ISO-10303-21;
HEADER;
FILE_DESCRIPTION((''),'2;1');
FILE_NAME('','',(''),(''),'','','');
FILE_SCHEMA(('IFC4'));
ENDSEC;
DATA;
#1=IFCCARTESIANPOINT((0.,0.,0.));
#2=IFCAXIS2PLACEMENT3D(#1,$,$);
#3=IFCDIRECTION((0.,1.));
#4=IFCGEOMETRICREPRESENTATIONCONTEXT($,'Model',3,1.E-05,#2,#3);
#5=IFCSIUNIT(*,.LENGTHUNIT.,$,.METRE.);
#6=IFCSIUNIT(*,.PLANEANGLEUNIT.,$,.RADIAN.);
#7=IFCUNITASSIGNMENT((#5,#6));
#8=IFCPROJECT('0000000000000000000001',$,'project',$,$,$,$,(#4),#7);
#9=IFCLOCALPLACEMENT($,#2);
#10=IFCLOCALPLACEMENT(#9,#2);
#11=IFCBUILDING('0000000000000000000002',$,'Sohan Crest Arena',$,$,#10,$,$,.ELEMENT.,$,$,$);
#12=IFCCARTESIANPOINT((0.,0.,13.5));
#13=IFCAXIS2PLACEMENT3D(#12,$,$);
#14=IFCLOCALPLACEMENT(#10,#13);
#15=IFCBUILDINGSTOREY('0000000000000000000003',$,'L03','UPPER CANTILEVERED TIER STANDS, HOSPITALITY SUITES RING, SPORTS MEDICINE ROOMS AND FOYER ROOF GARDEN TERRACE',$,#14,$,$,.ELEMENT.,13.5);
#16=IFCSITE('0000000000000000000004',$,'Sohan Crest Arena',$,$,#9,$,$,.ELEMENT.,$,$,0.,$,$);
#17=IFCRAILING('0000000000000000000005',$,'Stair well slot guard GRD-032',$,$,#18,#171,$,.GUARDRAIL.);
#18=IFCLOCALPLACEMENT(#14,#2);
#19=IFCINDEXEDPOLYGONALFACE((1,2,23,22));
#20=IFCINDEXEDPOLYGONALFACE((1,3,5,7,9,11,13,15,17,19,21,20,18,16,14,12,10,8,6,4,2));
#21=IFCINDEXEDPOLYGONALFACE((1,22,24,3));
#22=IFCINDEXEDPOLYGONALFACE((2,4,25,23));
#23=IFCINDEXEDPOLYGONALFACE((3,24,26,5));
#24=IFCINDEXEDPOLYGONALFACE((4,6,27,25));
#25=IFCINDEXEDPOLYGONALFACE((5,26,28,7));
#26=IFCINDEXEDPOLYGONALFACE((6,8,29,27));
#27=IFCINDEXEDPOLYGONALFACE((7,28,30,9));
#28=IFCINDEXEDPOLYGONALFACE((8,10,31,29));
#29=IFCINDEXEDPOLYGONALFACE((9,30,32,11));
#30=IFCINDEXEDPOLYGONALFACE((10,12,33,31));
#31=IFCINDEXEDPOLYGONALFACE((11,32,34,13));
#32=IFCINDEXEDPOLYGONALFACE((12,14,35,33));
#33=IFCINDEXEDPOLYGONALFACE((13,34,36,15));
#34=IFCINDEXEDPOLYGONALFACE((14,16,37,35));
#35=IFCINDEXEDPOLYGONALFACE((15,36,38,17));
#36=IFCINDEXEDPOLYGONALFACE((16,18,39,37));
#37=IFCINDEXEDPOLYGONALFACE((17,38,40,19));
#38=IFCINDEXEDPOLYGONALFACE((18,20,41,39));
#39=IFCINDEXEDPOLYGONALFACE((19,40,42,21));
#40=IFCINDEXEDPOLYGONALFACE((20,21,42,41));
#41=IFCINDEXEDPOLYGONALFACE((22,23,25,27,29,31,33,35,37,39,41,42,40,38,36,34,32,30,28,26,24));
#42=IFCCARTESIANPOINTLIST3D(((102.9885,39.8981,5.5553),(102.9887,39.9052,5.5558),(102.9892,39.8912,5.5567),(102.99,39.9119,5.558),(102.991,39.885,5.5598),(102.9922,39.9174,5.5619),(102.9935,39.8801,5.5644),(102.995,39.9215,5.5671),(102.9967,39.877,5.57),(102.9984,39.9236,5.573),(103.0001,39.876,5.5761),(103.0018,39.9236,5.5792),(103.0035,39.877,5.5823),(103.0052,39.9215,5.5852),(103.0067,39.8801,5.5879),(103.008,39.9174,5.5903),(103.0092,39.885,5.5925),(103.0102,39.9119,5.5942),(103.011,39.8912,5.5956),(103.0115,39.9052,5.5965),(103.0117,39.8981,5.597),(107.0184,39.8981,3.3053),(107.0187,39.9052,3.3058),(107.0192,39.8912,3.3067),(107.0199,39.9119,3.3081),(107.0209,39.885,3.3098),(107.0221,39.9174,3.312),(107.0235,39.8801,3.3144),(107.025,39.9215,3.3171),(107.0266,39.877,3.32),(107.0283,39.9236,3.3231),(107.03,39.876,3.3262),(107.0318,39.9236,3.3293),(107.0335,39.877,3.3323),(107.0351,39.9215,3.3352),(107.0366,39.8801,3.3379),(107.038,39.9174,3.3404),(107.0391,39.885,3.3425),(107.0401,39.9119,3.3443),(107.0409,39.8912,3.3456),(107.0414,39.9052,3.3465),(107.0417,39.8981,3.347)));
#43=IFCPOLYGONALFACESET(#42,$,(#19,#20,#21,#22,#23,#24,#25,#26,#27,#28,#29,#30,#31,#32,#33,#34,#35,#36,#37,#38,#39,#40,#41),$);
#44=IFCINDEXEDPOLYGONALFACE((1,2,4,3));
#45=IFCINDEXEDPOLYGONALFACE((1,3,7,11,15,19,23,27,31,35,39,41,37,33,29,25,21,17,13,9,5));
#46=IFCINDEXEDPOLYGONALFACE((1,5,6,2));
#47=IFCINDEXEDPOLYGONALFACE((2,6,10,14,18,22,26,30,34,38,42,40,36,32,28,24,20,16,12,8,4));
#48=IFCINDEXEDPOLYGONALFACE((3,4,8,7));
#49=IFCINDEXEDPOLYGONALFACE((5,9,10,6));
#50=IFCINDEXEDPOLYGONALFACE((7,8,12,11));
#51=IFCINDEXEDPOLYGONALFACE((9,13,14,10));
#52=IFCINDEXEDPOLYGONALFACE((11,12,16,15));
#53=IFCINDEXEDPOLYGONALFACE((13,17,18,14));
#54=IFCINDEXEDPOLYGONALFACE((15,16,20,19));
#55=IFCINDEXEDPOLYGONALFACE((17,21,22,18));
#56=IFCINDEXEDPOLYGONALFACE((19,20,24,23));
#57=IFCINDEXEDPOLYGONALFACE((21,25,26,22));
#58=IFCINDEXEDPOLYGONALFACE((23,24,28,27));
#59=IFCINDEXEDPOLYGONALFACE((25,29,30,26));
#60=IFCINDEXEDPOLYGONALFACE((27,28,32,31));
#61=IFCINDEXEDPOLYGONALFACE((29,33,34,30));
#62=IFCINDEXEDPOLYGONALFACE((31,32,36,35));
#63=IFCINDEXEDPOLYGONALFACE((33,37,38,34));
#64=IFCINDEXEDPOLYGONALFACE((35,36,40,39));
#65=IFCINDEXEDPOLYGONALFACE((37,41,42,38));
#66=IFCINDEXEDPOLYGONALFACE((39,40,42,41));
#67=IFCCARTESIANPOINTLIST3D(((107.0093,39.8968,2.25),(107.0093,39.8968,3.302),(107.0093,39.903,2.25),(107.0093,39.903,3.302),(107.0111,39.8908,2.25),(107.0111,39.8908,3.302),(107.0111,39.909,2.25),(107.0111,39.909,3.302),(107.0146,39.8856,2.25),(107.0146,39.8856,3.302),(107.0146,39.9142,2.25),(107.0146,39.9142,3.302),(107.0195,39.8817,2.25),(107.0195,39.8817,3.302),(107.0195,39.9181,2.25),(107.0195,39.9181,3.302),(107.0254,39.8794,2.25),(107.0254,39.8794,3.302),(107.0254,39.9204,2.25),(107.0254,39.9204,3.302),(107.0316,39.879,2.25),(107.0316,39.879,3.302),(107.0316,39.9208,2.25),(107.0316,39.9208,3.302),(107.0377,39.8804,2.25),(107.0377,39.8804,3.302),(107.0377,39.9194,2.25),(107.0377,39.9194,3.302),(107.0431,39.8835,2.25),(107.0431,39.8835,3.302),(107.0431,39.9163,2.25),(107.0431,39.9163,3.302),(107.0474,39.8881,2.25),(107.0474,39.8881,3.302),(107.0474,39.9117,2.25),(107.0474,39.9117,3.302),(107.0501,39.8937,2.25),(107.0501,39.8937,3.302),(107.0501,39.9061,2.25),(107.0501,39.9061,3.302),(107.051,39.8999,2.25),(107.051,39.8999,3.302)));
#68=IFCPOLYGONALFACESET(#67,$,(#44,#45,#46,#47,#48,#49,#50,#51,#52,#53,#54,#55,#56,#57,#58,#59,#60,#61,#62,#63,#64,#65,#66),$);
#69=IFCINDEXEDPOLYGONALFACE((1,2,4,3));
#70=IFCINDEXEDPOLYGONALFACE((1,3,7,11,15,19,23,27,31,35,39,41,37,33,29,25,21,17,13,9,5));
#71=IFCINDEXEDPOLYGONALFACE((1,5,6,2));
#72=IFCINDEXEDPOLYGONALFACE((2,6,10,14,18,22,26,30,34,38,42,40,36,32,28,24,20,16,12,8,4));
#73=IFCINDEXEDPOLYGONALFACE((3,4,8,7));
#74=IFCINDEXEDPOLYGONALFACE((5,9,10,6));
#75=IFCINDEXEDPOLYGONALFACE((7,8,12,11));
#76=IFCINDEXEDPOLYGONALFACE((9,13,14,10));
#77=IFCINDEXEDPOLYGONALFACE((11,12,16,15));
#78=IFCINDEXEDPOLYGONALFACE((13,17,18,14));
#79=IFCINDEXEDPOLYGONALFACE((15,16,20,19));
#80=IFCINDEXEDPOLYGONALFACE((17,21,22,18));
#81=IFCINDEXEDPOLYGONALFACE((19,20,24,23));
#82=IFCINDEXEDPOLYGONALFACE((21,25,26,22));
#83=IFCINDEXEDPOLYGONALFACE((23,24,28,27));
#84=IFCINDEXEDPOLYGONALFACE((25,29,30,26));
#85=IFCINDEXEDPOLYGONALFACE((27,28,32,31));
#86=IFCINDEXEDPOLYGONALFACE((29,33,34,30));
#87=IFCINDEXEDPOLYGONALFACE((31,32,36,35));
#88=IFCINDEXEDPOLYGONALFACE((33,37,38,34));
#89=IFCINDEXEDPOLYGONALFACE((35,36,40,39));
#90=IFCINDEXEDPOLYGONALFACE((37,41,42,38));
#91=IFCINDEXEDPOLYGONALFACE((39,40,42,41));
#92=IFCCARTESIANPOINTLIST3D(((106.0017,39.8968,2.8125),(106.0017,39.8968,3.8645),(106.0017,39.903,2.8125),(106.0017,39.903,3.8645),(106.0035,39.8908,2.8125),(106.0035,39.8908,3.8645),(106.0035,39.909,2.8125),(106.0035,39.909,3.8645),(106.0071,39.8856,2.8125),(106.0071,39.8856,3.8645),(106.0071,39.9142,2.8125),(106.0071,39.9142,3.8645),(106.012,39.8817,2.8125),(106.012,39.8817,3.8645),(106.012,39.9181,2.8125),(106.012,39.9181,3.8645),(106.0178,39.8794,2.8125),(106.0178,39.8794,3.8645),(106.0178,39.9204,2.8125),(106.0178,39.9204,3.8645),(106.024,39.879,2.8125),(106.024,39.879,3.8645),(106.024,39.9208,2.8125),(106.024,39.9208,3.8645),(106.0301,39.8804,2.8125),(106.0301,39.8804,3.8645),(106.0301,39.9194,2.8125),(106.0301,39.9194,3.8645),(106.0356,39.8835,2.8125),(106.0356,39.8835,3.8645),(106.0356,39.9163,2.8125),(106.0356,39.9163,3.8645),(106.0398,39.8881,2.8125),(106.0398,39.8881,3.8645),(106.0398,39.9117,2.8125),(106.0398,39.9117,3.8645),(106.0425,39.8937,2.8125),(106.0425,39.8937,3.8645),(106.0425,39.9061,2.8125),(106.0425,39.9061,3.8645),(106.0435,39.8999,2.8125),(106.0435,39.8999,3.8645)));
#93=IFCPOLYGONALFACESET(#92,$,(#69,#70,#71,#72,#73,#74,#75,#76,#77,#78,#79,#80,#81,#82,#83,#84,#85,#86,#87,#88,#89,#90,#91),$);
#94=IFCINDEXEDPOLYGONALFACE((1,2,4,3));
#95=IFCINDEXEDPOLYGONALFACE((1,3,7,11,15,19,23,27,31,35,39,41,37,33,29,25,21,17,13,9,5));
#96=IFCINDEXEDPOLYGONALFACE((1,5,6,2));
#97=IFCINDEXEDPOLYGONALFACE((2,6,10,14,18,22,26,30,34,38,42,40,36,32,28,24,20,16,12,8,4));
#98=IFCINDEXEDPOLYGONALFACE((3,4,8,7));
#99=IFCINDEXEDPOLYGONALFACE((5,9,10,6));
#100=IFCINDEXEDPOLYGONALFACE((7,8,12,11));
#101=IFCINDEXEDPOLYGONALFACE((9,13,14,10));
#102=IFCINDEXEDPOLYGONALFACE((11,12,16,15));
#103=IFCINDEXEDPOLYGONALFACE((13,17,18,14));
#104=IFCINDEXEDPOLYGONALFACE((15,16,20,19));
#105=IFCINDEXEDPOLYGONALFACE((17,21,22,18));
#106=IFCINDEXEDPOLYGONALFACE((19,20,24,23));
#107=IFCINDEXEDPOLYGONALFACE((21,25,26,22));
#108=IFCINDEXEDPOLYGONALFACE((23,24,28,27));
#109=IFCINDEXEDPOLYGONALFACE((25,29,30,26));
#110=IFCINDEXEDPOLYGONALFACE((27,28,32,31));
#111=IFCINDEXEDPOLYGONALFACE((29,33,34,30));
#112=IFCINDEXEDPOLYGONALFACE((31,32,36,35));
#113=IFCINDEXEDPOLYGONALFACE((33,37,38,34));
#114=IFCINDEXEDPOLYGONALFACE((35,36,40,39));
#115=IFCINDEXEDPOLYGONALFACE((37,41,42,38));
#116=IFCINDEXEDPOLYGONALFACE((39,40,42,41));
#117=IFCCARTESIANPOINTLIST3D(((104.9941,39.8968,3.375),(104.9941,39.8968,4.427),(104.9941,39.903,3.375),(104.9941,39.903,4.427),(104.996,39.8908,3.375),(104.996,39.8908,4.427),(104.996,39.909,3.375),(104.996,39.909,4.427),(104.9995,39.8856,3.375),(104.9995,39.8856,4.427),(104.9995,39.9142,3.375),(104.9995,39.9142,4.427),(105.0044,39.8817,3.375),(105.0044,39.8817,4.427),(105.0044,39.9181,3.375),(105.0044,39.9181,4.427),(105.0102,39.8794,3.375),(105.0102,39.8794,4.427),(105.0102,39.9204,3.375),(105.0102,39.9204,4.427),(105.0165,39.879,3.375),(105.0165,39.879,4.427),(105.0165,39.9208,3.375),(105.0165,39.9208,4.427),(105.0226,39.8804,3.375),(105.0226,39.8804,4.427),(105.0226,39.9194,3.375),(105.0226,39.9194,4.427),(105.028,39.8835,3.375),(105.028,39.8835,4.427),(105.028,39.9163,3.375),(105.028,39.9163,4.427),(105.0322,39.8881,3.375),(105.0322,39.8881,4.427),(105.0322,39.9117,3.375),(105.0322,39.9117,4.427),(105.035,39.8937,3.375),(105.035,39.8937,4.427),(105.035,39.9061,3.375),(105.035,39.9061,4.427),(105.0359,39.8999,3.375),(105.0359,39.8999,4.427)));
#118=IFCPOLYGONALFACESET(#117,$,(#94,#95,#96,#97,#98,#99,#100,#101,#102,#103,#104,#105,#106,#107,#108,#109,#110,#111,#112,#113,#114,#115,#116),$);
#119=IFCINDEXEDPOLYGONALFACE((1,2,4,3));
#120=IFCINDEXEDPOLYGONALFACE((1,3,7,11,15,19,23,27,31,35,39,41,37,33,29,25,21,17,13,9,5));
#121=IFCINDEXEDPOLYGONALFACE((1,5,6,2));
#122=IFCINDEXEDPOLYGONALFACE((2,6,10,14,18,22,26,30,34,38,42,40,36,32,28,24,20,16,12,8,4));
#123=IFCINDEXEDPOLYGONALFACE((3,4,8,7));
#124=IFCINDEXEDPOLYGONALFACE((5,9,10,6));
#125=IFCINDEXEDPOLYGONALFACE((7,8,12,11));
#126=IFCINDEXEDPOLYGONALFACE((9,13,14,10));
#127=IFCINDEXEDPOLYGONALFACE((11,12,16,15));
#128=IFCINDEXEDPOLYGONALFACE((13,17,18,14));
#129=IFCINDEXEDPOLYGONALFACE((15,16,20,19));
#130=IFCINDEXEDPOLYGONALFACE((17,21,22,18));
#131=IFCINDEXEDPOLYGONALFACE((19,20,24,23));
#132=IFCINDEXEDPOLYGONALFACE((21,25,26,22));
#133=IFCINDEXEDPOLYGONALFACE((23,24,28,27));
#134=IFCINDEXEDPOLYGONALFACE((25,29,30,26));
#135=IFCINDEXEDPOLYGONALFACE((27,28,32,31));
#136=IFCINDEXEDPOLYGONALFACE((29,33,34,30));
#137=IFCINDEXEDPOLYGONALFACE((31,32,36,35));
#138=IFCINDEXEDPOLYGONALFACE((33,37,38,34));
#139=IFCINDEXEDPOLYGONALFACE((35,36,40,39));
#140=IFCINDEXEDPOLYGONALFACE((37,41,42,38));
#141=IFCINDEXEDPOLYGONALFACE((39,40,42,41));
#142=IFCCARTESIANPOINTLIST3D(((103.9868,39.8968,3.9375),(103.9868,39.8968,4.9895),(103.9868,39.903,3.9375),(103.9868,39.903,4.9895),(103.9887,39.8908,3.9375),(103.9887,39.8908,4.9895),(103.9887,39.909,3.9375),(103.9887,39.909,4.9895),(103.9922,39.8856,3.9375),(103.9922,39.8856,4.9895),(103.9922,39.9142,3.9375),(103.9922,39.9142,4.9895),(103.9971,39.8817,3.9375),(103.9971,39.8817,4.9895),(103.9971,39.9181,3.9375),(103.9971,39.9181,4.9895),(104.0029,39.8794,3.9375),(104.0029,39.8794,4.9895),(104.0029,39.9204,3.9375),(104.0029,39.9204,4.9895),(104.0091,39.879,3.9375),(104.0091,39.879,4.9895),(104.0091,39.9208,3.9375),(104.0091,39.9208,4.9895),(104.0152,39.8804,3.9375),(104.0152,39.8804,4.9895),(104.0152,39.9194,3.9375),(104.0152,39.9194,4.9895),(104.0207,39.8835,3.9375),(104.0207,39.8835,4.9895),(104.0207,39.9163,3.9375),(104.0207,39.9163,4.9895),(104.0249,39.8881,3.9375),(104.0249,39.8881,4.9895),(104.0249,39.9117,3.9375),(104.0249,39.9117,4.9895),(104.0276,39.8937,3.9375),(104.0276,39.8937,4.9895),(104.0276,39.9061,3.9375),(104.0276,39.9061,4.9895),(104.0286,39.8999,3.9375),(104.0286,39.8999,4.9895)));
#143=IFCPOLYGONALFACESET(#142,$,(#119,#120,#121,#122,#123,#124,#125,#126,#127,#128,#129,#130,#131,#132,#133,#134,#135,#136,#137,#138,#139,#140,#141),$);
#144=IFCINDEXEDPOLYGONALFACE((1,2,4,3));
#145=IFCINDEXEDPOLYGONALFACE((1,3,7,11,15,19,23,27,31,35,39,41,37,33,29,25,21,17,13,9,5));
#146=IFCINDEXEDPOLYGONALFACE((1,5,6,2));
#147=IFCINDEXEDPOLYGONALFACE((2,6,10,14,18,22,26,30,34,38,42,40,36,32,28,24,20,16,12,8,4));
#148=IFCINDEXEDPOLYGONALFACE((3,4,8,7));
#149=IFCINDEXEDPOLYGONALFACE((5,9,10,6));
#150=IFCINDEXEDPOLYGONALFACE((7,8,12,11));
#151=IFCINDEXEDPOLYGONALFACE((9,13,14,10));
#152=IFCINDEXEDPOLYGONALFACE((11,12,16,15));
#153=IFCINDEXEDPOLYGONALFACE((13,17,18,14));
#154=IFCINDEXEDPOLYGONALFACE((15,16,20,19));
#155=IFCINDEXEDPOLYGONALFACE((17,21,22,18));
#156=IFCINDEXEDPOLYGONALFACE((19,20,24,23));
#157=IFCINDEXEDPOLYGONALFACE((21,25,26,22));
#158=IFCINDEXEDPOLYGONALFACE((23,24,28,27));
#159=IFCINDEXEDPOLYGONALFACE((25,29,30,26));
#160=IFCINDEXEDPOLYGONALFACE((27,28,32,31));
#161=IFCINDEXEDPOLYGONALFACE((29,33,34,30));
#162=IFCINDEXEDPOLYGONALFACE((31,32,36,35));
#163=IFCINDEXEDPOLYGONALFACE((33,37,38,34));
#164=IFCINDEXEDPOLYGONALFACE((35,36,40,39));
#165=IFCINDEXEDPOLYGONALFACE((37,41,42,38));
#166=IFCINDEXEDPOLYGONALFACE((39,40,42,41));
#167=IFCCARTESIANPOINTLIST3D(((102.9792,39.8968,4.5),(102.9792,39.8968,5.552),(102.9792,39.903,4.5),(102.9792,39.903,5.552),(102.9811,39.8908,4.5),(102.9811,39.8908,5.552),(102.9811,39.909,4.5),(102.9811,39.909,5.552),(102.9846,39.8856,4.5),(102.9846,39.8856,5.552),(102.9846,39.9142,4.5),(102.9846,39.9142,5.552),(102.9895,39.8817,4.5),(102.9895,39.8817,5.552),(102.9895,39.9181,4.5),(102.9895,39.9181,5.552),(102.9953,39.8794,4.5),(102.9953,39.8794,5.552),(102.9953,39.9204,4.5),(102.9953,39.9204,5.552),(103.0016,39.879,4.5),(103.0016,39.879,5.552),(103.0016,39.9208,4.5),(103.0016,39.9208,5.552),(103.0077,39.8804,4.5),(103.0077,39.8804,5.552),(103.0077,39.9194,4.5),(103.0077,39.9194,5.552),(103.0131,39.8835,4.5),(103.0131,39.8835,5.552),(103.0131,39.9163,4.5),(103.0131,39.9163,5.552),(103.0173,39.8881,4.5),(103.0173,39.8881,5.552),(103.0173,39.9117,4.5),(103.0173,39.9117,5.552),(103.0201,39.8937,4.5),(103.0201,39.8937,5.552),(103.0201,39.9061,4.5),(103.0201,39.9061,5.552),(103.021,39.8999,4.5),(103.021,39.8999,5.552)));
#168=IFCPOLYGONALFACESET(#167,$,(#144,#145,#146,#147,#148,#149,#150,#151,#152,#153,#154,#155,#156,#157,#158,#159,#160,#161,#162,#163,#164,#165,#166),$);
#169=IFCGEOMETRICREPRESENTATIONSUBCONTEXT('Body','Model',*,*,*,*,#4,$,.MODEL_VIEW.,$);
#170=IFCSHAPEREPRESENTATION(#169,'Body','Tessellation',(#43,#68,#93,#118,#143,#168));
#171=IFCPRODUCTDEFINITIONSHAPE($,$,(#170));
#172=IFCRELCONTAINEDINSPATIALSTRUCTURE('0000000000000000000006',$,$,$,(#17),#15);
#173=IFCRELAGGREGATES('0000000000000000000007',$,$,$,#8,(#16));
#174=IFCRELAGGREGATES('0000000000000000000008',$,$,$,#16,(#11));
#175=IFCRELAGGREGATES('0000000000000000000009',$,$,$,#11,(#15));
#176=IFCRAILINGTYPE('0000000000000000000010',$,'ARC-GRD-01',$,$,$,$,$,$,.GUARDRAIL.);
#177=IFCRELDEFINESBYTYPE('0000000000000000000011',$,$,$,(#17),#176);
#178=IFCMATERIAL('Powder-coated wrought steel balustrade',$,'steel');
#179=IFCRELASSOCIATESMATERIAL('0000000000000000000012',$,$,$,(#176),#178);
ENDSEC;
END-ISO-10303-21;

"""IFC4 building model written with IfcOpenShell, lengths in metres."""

from ifc_helpers import new_model, si_unit, direction, frame, origin, origin_2d, place, context, subcontext, project, spatial, circle, extrude, material, type_object, element, save


model = new_model("IFC4")

# Units and contexts
model_context = context("Model", 3, precision=1e-05, world=origin(), true_north=direction((0.0, 1.0)))
body_context = subcontext(model_context, "Body", "Model", "MODEL_VIEW")
ifc_project = project(units=[si_unit("LENGTHUNIT", "METRE"), si_unit("PLANEANGLEUNIT", "RADIAN")], contexts=[model_context])

# Site, building, storey
site_placement = place(None, origin())
site = spatial("IfcSite", under=ifc_project, at=site_placement, Name="Sohan Crest Arena", CompositionType="ELEMENT", RefElevation=0.0)
building_placement = place(site_placement, origin())
building = spatial("IfcBuilding", under=site, at=building_placement, Name="Sohan Crest Arena", CompositionType="ELEMENT")
storey_placement = place(building_placement, frame((0.0, 0.0, 13.5)))
storey = spatial("IfcBuildingStorey", under=building, at=storey_placement, Name="L03", Description="UPPER CANTILEVERED TIER STANDS, HOSPITALITY SUITES RING, SPORTS MEDICINE ROOMS AND FOYER ROOF GARDEN TERRACE", CompositionType="ELEMENT", Elevation=13.5)

# Railing
ifc_material_1 = material(Name="Powder-coated wrought steel balustrade", Category="steel")
railing_type_1 = type_object("IfcRailingType", Name="ARC-GRD-01", PredefinedType="GUARDRAIL", material=ifc_material_1)
railing_1_placement = place(storey_placement, frame((107.03, 39.8999, 2.25)))
element("IfcRailing", 1, at=railing_1_placement, inside=storey, type_object=railing_type_1, Name="Stair well slot guard GRD-032", PredefinedType="GUARDRAIL", context=body_context, shape_type="SweptSolid", body=[
    extrude(circle(Radius=0.0239, at=origin_2d()), frame((0.0, 0.0, 1.0762), z_axis=(-0.873135, 0.0, 0.487479), x_axis=(0.0, -1.0, 0.0)), (0.0, 0.0, 1.0), 4.6155),
    extrude(circle(Radius=0.021, at=origin_2d()), origin(), (0.0, 0.0, 1.0), 1.052),
    extrude(circle(Radius=0.021, at=origin_2d()), frame((-1.0076, 0.0, 0.5625)), (0.0, 0.0, 1.0), 1.052),
    extrude(circle(Radius=0.021, at=origin_2d()), frame((-2.0151, 0.0, 1.125)), (0.0, 0.0, 1.0), 1.052),
    extrude(circle(Radius=0.021, at=origin_2d()), frame((-3.0225, 0.0, 1.6875)), (0.0, 0.0, 1.0), 1.052),
    extrude(circle(Radius=0.021, at=origin_2d()), frame((-4.03, 0.0, 2.25)), (0.0, 0.0, 1.0), 1.052),
])

save(model, "model.ifc")
